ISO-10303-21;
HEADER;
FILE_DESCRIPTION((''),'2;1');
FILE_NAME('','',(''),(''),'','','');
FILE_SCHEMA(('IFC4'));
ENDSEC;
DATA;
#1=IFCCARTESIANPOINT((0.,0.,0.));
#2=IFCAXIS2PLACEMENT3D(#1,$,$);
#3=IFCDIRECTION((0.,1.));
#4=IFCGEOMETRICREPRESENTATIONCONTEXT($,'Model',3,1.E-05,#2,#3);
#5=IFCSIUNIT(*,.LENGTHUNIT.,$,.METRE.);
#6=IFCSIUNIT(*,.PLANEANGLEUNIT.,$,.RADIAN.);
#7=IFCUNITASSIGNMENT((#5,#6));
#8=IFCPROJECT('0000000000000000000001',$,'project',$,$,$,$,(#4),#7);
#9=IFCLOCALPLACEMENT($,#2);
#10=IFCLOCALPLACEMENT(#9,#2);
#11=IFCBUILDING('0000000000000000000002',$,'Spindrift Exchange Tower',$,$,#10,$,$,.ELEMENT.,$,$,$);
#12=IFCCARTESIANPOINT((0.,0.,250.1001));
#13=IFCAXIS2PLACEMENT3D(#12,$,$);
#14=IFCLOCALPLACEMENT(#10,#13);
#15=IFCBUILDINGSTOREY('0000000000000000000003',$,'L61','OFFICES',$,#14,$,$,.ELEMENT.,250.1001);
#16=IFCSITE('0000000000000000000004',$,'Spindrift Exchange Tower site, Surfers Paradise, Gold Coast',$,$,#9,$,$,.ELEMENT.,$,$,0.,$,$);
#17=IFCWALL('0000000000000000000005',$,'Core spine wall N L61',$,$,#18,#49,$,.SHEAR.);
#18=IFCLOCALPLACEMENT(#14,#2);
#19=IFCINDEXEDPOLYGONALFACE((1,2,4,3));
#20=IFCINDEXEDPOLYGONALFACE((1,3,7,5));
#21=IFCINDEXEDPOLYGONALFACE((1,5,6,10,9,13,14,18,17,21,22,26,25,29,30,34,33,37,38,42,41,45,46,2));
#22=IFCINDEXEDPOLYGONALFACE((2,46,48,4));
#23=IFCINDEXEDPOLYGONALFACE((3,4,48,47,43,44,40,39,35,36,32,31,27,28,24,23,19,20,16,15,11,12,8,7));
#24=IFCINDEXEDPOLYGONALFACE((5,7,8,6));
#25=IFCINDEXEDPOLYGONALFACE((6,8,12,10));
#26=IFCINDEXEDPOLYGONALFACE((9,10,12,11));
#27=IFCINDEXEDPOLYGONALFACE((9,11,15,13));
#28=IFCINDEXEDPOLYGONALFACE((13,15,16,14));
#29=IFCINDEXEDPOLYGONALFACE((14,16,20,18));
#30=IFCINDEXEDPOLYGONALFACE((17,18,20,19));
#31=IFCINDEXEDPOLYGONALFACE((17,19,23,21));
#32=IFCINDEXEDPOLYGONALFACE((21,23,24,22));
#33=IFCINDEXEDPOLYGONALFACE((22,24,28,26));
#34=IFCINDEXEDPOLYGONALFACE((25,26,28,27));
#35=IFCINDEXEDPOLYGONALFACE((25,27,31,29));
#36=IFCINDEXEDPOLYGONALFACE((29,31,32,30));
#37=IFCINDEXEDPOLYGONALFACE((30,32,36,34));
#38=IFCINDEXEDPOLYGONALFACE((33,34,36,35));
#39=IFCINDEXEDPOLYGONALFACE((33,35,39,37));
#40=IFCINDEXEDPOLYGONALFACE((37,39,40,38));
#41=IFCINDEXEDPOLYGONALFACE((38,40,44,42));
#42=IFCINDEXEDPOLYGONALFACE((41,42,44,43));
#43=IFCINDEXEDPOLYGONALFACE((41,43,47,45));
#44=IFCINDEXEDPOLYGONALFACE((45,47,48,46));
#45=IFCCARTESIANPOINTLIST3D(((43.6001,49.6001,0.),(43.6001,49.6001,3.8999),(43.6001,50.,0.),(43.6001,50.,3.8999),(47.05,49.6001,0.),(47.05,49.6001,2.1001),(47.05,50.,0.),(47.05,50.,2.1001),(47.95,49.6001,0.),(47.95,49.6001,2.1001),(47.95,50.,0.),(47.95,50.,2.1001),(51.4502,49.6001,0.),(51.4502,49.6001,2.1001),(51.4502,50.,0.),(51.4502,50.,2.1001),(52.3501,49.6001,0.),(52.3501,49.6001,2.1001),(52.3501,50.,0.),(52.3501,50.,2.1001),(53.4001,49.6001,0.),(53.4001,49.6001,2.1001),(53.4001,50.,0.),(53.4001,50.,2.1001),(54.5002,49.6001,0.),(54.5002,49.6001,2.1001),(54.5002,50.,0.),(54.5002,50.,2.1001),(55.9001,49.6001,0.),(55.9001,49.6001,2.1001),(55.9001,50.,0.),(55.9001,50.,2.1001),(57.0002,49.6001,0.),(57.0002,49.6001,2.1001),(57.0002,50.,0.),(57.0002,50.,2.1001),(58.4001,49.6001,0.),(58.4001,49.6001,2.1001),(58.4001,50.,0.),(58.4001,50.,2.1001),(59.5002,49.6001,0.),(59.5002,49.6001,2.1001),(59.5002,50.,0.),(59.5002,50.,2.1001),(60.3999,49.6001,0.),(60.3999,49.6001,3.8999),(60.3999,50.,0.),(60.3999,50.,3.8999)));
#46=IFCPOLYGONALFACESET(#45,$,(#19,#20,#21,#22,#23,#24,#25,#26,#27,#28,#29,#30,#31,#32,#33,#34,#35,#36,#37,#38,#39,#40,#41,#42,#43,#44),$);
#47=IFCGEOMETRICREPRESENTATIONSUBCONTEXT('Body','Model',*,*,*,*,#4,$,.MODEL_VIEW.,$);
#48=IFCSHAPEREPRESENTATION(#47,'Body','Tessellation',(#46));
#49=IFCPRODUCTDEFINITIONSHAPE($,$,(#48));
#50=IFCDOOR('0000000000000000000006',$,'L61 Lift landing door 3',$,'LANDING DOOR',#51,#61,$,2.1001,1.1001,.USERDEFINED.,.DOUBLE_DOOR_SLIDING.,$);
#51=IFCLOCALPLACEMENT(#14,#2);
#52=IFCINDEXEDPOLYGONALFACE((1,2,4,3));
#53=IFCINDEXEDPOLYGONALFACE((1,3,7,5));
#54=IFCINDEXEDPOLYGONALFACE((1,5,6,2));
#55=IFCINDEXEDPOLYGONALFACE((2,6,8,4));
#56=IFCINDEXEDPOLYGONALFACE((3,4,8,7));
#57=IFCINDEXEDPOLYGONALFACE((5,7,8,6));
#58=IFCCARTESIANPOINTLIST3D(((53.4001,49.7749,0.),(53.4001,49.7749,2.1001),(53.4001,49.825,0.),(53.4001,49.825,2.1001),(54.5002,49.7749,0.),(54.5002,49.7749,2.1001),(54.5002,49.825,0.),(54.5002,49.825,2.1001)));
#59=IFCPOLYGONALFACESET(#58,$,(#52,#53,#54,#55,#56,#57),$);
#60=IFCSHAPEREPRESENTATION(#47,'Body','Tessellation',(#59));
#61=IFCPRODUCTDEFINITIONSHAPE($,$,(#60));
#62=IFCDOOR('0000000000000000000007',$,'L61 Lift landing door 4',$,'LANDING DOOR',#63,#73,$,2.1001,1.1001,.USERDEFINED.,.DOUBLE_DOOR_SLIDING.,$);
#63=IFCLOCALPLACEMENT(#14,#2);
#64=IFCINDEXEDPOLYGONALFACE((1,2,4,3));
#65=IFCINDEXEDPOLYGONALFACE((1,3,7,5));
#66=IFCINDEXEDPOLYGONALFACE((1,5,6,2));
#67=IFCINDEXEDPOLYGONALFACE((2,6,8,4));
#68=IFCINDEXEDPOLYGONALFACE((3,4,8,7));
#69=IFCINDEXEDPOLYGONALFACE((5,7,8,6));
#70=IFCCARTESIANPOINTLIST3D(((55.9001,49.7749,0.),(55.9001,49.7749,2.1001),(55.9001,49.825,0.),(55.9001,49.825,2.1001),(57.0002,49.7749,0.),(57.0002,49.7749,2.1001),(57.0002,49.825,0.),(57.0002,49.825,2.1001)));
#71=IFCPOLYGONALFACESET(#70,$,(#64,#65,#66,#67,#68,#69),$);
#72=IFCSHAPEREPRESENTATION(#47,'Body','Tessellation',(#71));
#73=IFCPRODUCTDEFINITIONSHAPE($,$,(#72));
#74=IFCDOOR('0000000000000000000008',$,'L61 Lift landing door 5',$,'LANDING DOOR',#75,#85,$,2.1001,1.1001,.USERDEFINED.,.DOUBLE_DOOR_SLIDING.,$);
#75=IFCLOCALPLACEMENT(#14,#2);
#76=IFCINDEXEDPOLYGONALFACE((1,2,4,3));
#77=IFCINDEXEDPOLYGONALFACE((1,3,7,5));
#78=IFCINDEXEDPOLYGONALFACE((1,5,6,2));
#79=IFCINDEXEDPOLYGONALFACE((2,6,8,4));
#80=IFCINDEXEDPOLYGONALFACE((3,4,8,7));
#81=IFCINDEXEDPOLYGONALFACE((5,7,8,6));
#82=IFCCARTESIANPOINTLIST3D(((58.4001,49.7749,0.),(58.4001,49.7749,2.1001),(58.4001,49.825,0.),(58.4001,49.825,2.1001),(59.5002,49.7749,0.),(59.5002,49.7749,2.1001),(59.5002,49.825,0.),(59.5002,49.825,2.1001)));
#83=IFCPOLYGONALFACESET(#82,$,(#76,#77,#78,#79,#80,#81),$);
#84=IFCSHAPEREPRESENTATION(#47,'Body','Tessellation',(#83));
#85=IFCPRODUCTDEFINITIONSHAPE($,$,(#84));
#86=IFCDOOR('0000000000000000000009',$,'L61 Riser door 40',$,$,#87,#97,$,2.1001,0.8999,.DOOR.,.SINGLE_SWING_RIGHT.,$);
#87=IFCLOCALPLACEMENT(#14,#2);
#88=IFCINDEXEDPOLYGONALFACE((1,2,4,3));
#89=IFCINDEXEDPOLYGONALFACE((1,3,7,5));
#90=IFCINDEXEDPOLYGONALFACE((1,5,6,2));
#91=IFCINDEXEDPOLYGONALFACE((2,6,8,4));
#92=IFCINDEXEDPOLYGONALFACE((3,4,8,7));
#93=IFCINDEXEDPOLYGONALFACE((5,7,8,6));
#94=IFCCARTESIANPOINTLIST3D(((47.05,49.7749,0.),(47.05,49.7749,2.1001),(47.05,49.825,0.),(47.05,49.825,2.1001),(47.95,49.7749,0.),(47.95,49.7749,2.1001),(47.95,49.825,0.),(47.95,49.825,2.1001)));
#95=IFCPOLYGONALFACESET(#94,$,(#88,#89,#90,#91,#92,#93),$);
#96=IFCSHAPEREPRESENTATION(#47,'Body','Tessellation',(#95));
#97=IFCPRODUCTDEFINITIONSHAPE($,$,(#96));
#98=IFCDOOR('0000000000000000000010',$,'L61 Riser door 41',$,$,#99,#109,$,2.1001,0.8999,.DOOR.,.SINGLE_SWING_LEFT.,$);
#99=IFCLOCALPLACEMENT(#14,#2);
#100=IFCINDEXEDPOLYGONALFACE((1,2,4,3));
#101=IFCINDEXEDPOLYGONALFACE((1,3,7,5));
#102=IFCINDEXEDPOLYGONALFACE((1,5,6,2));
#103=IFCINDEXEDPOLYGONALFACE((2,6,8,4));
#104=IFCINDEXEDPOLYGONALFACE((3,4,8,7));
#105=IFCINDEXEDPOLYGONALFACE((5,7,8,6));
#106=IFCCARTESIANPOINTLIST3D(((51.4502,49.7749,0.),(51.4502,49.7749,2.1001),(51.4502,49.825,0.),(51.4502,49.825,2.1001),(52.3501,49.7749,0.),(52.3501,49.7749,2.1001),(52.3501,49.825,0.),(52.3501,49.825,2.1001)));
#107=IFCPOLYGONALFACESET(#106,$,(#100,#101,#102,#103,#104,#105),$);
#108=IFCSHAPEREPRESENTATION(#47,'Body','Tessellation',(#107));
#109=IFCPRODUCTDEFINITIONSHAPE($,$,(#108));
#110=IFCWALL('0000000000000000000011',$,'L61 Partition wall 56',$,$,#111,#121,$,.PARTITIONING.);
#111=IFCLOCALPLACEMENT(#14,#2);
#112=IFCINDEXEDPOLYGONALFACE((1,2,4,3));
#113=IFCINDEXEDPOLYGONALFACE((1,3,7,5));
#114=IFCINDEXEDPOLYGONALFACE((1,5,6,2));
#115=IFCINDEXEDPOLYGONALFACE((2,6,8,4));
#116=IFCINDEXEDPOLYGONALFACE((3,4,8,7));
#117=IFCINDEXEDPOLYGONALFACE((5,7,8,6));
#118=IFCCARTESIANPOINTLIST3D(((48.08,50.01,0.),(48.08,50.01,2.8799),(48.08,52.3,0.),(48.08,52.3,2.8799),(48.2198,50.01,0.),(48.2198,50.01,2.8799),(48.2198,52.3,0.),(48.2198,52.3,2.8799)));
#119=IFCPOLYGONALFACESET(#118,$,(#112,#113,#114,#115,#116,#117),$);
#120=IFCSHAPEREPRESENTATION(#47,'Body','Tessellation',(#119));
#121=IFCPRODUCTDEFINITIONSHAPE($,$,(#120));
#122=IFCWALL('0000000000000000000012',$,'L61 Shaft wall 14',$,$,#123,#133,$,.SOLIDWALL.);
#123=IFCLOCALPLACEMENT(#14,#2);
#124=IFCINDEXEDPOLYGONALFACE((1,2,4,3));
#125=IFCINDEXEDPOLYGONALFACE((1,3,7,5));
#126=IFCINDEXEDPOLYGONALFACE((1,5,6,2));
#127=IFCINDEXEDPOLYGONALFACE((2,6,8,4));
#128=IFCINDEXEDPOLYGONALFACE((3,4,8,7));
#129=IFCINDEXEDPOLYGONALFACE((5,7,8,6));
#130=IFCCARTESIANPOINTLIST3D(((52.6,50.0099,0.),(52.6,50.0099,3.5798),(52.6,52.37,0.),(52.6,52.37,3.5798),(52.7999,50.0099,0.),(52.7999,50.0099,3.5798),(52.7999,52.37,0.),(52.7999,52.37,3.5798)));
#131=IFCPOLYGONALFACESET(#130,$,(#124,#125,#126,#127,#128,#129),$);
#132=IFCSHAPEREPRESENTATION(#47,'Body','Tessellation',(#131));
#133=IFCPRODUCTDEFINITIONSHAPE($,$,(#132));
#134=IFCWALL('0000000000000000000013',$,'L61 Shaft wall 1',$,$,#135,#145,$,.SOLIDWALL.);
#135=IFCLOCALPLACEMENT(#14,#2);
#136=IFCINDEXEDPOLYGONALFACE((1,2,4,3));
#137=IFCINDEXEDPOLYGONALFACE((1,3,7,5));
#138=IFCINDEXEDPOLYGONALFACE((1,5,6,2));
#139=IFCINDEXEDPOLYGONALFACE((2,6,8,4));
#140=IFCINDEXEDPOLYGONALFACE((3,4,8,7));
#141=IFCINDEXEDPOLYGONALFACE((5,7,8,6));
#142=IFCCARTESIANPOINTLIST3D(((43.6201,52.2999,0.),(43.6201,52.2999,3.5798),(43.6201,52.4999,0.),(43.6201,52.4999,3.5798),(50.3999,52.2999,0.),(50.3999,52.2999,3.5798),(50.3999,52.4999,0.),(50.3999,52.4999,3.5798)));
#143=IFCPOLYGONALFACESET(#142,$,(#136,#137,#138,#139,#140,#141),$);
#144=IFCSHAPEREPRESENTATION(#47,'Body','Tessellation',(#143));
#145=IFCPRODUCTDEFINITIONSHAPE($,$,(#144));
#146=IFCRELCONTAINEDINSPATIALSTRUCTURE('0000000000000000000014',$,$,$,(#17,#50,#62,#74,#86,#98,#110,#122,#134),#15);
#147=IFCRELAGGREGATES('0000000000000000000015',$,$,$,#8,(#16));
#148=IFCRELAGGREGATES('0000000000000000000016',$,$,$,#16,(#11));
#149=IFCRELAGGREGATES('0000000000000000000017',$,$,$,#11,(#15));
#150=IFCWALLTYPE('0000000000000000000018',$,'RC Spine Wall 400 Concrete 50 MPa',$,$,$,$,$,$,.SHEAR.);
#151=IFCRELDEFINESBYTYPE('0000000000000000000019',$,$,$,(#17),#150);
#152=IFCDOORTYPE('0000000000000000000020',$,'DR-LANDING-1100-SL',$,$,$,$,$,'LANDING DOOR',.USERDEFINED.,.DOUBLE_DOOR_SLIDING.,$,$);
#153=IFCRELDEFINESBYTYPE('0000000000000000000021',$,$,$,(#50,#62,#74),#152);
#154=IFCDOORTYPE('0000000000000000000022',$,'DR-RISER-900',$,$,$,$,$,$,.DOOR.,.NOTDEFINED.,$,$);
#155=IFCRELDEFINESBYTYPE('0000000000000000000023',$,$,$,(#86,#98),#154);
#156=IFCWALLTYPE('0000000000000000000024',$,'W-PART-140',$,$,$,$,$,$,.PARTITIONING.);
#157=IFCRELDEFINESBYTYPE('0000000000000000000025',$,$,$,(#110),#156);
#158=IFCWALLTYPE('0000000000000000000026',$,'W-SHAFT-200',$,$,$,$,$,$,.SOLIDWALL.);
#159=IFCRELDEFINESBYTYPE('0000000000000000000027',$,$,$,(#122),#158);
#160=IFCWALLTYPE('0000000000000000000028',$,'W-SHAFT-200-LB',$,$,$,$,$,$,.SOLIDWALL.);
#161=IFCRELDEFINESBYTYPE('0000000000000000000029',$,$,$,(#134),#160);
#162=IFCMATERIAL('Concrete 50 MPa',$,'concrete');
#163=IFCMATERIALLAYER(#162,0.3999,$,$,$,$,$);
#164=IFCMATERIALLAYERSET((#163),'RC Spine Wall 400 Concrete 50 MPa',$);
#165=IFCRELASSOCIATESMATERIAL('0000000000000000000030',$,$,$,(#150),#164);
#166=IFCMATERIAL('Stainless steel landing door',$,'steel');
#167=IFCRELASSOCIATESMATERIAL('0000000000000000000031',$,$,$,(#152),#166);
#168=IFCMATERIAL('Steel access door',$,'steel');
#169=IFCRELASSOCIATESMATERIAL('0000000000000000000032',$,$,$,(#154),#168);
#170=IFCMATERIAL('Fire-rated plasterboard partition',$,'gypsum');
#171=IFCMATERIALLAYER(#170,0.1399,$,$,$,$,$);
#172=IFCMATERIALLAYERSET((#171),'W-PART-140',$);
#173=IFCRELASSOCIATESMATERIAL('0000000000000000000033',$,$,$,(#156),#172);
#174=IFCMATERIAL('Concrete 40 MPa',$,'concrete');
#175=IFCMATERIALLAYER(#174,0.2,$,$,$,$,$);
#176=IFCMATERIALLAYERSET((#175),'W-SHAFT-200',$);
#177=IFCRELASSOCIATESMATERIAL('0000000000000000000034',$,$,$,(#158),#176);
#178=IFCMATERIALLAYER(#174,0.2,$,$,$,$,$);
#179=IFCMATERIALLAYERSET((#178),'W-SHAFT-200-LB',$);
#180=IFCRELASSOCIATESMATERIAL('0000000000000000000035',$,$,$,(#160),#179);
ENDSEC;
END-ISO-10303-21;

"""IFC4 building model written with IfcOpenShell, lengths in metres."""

from ifc_helpers import new_model, si_unit, direction, frame, frame_2d, origin, place, context, subcontext, project, spatial, rectangle, extrude, source, transform, mapped, material, layer, layer_set, type_object, element, fill, save


model = new_model("IFC4")

# Units and contexts
model_context = context("Model", 3, precision=1e-05, world=origin(), true_north=direction((0.0, 1.0)))
body_context = subcontext(model_context, "Body", "Model", "MODEL_VIEW")
ifc_project = project(units=[si_unit("LENGTHUNIT", "METRE"), si_unit("PLANEANGLEUNIT", "RADIAN")], contexts=[model_context])

# Site, building, storey
site_placement = place(None, origin())
site = spatial("IfcSite", under=ifc_project, at=site_placement, Name="Spindrift Exchange Tower site, Surfers Paradise, Gold Coast", CompositionType="ELEMENT", RefElevation=0.0)
building_placement = place(site_placement, origin())
building = spatial("IfcBuilding", under=site, at=building_placement, Name="Spindrift Exchange Tower", CompositionType="ELEMENT")
storey_placement = place(building_placement, frame((0.0, 0.0, 250.1001)))
storey = spatial("IfcBuildingStorey", under=building, at=storey_placement, Name="L61", Description="OFFICES", CompositionType="ELEMENT", Elevation=250.1001)

# Wall, openings, doors
ifc_material_1 = material(Name="Concrete 50 MPa", Category="concrete")
ifc_layer_1 = layer(ifc_material_1, 0.3999)
ifc_layer_set_1 = layer_set([ifc_layer_1], Name="RC Spine Wall 400 Concrete 50 MPa")
wall_type_1 = type_object("IfcWallType", Name="RC Spine Wall 400 Concrete 50 MPa", PredefinedType="SHEAR", material=ifc_layer_set_1)
wall_1_placement = place(storey_placement, frame((43.6001, 49.8, 0.0), z_axis=(0.0, 0.0, 1.0), x_axis=(1.0, 0.0, 0.0)))
wall_1 = element("IfcWall", 1, at=wall_1_placement, inside=storey, type_object=wall_type_1, Name="Core spine wall N L61", PredefinedType="SHEAR", context=body_context, shape_type="SweptSolid", body=[
    extrude(rectangle(XDim=16.7998, YDim=0.3999, at=frame_2d((8.3999, 0.0))), origin(), (0.0, 0.0, 1.0), 3.8999),
])
opening_1_placement = place(wall_1_placement, frame((9.8, 0.0, 0.0)))
opening_1 = element("IfcOpeningElement", 2, at=opening_1_placement, cuts=wall_1, PredefinedType="OPENING", context=body_context, shape_type="SweptSolid", body=[
    extrude(rectangle(XDim=1.1001, YDim=2.1001, at=frame_2d((0.55, 1.05))), frame((0.0, 0.21, 0.0), z_axis=(0.0, -1.0, 0.0), x_axis=(1.0, 0.0, 0.0)), (0.0, 0.0, 1.0), 0.4199),
])
opening_2_placement = place(wall_1_placement, frame((12.3, 0.0, 0.0)))
opening_2 = element("IfcOpeningElement", 3, at=opening_2_placement, cuts=wall_1, PredefinedType="OPENING", context=body_context, shape_type="SweptSolid", body=[
    extrude(rectangle(XDim=1.1001, YDim=2.1001, at=frame_2d((0.55, 1.05))), frame((0.0, 0.21, 0.0), z_axis=(0.0, -1.0, 0.0), x_axis=(1.0, 0.0, 0.0)), (0.0, 0.0, 1.0), 0.4199),
])
opening_3_placement = place(wall_1_placement, frame((14.8, 0.0, 0.0)))
opening_3 = element("IfcOpeningElement", 4, at=opening_3_placement, cuts=wall_1, PredefinedType="OPENING", context=body_context, shape_type="SweptSolid", body=[
    extrude(rectangle(XDim=1.1001, YDim=2.1001, at=frame_2d((0.55, 1.05))), frame((0.0, 0.21, 0.0), z_axis=(0.0, -1.0, 0.0), x_axis=(1.0, 0.0, 0.0)), (0.0, 0.0, 1.0), 0.4199),
])
opening_4_placement = place(wall_1_placement, frame((3.45, 0.0, 0.0)))
opening_4 = element("IfcOpeningElement", 5, at=opening_4_placement, cuts=wall_1, PredefinedType="OPENING", context=body_context, shape_type="SweptSolid", body=[
    extrude(rectangle(XDim=0.8999, YDim=2.1001, at=frame_2d((0.45, 1.05))), frame((0.0, 0.21, 0.0), z_axis=(0.0, -1.0, 0.0), x_axis=(1.0, 0.0, 0.0)), (0.0, 0.0, 1.0), 0.4199),
])
opening_5_placement = place(wall_1_placement, frame((7.8501, 0.0, 0.0)))
opening_5 = element("IfcOpeningElement", 6, at=opening_5_placement, cuts=wall_1, PredefinedType="OPENING", context=body_context, shape_type="SweptSolid", body=[
    extrude(rectangle(XDim=0.8999, YDim=2.1001, at=frame_2d((0.45, 1.05))), frame((0.0, 0.21, 0.0), z_axis=(0.0, -1.0, 0.0), x_axis=(1.0, 0.0, 0.0)), (0.0, 0.0, 1.0), 0.4199),
])
ifc_material_2 = material(Name="Stainless steel landing door", Category="steel")
door_type_1 = type_object("IfcDoorType", Name="DR-LANDING-1100-SL", ElementType="LANDING DOOR", OperationType="DOUBLE_DOOR_SLIDING", PredefinedType="USERDEFINED", material=ifc_material_2)
shared_shape_1 = source(origin(), body_context, "Body", "SweptSolid", [
    extrude(rectangle(XDim=1.1001, YDim=2.1001, at=frame_2d((0.55, 1.05))), frame((0.0, 0.0249, 0.0), z_axis=(0.0, -1.0, 0.0), x_axis=(1.0, 0.0, 0.0)), (0.0, 0.0, 1.0), 0.05),
])
door_1_placement = place(opening_1_placement, origin())
door_1 = element("IfcDoor", 7, at=door_1_placement, inside=storey, type_object=door_type_1, Name="L61 Lift landing door 3", ObjectType="LANDING DOOR", OperationType="DOUBLE_DOOR_SLIDING", OverallHeight=2.1001, OverallWidth=1.1001, PredefinedType="USERDEFINED", context=body_context, shape_type="MappedRepresentation", body=[
    mapped(shared_shape_1, transform((0.0, 0.0, 0.0), scale=1.0)),
])
fill(opening_1, door_1)
door_2_placement = place(opening_2_placement, origin())
door_2 = element("IfcDoor", 8, at=door_2_placement, inside=storey, type_object=door_type_1, Name="L61 Lift landing door 4", ObjectType="LANDING DOOR", OperationType="DOUBLE_DOOR_SLIDING", OverallHeight=2.1001, OverallWidth=1.1001, PredefinedType="USERDEFINED", context=body_context, shape_type="MappedRepresentation", body=[
    mapped(shared_shape_1, transform((0.0, 0.0, 0.0), scale=1.0)),
])
fill(opening_2, door_2)
door_3_placement = place(opening_3_placement, origin())
door_3 = element("IfcDoor", 9, at=door_3_placement, inside=storey, type_object=door_type_1, Name="L61 Lift landing door 5", ObjectType="LANDING DOOR", OperationType="DOUBLE_DOOR_SLIDING", OverallHeight=2.1001, OverallWidth=1.1001, PredefinedType="USERDEFINED", context=body_context, shape_type="MappedRepresentation", body=[
    mapped(shared_shape_1, transform((0.0, 0.0, 0.0), scale=1.0)),
])
fill(opening_3, door_3)
ifc_material_3 = material(Name="Steel access door", Category="steel")
door_type_2 = type_object("IfcDoorType", Name="DR-RISER-900", OperationType="NOTDEFINED", PredefinedType="DOOR", material=ifc_material_3)
shared_shape_2 = source(origin(), body_context, "Body", "SweptSolid", [
    extrude(rectangle(XDim=0.8999, YDim=2.1001, at=frame_2d((0.45, 1.05))), frame((0.0, 0.0249, 0.0), z_axis=(0.0, -1.0, 0.0), x_axis=(1.0, 0.0, 0.0)), (0.0, 0.0, 1.0), 0.05),
])
door_4_placement = place(opening_4_placement, origin())
door_4 = element("IfcDoor", 10, at=door_4_placement, inside=storey, type_object=door_type_2, Name="L61 Riser door 40", OperationType="SINGLE_SWING_RIGHT", OverallHeight=2.1001, OverallWidth=0.8999, PredefinedType="DOOR", context=body_context, shape_type="MappedRepresentation", body=[
    mapped(shared_shape_2, transform((0.0, 0.0, 0.0), scale=1.0)),
])
fill(opening_4, door_4)
door_5_placement = place(opening_5_placement, origin())
door_5 = element("IfcDoor", 11, at=door_5_placement, inside=storey, type_object=door_type_2, Name="L61 Riser door 41", OperationType="SINGLE_SWING_LEFT", OverallHeight=2.1001, OverallWidth=0.8999, PredefinedType="DOOR", context=body_context, shape_type="MappedRepresentation", body=[
    mapped(shared_shape_2, transform((0.0, 0.0, 0.0), scale=1.0)),
])
fill(opening_5, door_5)

# Walls
ifc_material_4 = material(Name="Fire-rated plasterboard partition", Category="gypsum")
ifc_layer_2 = layer(ifc_material_4, 0.1399)
ifc_layer_set_2 = layer_set([ifc_layer_2], Name="W-PART-140")
wall_type_2 = type_object("IfcWallType", Name="W-PART-140", PredefinedType="PARTITIONING", material=ifc_layer_set_2)
wall_2_placement = place(storey_placement, frame((48.1499, 50.01, 0.0), z_axis=(0.0, 0.0, 1.0), x_axis=(0.0, 1.0, 0.0)))
element("IfcWall", 12, at=wall_2_placement, inside=storey, type_object=wall_type_2, Name="L61 Partition wall 56", PredefinedType="PARTITIONING", context=body_context, shape_type="SweptSolid", body=[
    extrude(rectangle(XDim=2.29, YDim=0.1399, at=frame_2d((1.145, 0.0))), origin(), (0.0, 0.0, 1.0), 2.8799),
])
ifc_material_5 = material(Name="Concrete 40 MPa", Category="concrete")
ifc_layer_3 = layer(ifc_material_5, 0.2)
ifc_layer_set_3 = layer_set([ifc_layer_3], Name="W-SHAFT-200")
wall_type_3 = type_object("IfcWallType", Name="W-SHAFT-200", PredefinedType="SOLIDWALL", material=ifc_layer_set_3)
wall_3_placement = place(storey_placement, frame((52.7, 52.3701, 0.0), z_axis=(0.0, 0.0, 1.0), x_axis=(0.0, -1.0, 0.0)))
element("IfcWall", 13, at=wall_3_placement, inside=storey, type_object=wall_type_3, Name="L61 Shaft wall 14", PredefinedType="SOLIDWALL", context=body_context, shape_type="SweptSolid", body=[
    extrude(rectangle(XDim=2.3601, YDim=0.2, at=frame_2d((1.1802, 0.0))), origin(), (0.0, 0.0, 1.0), 3.5798),
])
ifc_layer_4 = layer(ifc_material_5, 0.2)
ifc_layer_set_4 = layer_set([ifc_layer_4], Name="W-SHAFT-200-LB")
wall_type_4 = type_object("IfcWallType", Name="W-SHAFT-200-LB", PredefinedType="SOLIDWALL", material=ifc_layer_set_4)
wall_4_placement = place(storey_placement, frame((43.6201, 52.3999, 0.0), z_axis=(0.0, 0.0, 1.0), x_axis=(1.0, 0.0, 0.0)))
element("IfcWall", 14, at=wall_4_placement, inside=storey, type_object=wall_type_4, Name="L61 Shaft wall 1", PredefinedType="SOLIDWALL", context=body_context, shape_type="SweptSolid", body=[
    extrude(rectangle(XDim=6.7798, YDim=0.2, at=frame_2d((3.3899, 0.0))), origin(), (0.0, 0.0, 1.0), 3.5798),
])

save(model, "model.ifc")
